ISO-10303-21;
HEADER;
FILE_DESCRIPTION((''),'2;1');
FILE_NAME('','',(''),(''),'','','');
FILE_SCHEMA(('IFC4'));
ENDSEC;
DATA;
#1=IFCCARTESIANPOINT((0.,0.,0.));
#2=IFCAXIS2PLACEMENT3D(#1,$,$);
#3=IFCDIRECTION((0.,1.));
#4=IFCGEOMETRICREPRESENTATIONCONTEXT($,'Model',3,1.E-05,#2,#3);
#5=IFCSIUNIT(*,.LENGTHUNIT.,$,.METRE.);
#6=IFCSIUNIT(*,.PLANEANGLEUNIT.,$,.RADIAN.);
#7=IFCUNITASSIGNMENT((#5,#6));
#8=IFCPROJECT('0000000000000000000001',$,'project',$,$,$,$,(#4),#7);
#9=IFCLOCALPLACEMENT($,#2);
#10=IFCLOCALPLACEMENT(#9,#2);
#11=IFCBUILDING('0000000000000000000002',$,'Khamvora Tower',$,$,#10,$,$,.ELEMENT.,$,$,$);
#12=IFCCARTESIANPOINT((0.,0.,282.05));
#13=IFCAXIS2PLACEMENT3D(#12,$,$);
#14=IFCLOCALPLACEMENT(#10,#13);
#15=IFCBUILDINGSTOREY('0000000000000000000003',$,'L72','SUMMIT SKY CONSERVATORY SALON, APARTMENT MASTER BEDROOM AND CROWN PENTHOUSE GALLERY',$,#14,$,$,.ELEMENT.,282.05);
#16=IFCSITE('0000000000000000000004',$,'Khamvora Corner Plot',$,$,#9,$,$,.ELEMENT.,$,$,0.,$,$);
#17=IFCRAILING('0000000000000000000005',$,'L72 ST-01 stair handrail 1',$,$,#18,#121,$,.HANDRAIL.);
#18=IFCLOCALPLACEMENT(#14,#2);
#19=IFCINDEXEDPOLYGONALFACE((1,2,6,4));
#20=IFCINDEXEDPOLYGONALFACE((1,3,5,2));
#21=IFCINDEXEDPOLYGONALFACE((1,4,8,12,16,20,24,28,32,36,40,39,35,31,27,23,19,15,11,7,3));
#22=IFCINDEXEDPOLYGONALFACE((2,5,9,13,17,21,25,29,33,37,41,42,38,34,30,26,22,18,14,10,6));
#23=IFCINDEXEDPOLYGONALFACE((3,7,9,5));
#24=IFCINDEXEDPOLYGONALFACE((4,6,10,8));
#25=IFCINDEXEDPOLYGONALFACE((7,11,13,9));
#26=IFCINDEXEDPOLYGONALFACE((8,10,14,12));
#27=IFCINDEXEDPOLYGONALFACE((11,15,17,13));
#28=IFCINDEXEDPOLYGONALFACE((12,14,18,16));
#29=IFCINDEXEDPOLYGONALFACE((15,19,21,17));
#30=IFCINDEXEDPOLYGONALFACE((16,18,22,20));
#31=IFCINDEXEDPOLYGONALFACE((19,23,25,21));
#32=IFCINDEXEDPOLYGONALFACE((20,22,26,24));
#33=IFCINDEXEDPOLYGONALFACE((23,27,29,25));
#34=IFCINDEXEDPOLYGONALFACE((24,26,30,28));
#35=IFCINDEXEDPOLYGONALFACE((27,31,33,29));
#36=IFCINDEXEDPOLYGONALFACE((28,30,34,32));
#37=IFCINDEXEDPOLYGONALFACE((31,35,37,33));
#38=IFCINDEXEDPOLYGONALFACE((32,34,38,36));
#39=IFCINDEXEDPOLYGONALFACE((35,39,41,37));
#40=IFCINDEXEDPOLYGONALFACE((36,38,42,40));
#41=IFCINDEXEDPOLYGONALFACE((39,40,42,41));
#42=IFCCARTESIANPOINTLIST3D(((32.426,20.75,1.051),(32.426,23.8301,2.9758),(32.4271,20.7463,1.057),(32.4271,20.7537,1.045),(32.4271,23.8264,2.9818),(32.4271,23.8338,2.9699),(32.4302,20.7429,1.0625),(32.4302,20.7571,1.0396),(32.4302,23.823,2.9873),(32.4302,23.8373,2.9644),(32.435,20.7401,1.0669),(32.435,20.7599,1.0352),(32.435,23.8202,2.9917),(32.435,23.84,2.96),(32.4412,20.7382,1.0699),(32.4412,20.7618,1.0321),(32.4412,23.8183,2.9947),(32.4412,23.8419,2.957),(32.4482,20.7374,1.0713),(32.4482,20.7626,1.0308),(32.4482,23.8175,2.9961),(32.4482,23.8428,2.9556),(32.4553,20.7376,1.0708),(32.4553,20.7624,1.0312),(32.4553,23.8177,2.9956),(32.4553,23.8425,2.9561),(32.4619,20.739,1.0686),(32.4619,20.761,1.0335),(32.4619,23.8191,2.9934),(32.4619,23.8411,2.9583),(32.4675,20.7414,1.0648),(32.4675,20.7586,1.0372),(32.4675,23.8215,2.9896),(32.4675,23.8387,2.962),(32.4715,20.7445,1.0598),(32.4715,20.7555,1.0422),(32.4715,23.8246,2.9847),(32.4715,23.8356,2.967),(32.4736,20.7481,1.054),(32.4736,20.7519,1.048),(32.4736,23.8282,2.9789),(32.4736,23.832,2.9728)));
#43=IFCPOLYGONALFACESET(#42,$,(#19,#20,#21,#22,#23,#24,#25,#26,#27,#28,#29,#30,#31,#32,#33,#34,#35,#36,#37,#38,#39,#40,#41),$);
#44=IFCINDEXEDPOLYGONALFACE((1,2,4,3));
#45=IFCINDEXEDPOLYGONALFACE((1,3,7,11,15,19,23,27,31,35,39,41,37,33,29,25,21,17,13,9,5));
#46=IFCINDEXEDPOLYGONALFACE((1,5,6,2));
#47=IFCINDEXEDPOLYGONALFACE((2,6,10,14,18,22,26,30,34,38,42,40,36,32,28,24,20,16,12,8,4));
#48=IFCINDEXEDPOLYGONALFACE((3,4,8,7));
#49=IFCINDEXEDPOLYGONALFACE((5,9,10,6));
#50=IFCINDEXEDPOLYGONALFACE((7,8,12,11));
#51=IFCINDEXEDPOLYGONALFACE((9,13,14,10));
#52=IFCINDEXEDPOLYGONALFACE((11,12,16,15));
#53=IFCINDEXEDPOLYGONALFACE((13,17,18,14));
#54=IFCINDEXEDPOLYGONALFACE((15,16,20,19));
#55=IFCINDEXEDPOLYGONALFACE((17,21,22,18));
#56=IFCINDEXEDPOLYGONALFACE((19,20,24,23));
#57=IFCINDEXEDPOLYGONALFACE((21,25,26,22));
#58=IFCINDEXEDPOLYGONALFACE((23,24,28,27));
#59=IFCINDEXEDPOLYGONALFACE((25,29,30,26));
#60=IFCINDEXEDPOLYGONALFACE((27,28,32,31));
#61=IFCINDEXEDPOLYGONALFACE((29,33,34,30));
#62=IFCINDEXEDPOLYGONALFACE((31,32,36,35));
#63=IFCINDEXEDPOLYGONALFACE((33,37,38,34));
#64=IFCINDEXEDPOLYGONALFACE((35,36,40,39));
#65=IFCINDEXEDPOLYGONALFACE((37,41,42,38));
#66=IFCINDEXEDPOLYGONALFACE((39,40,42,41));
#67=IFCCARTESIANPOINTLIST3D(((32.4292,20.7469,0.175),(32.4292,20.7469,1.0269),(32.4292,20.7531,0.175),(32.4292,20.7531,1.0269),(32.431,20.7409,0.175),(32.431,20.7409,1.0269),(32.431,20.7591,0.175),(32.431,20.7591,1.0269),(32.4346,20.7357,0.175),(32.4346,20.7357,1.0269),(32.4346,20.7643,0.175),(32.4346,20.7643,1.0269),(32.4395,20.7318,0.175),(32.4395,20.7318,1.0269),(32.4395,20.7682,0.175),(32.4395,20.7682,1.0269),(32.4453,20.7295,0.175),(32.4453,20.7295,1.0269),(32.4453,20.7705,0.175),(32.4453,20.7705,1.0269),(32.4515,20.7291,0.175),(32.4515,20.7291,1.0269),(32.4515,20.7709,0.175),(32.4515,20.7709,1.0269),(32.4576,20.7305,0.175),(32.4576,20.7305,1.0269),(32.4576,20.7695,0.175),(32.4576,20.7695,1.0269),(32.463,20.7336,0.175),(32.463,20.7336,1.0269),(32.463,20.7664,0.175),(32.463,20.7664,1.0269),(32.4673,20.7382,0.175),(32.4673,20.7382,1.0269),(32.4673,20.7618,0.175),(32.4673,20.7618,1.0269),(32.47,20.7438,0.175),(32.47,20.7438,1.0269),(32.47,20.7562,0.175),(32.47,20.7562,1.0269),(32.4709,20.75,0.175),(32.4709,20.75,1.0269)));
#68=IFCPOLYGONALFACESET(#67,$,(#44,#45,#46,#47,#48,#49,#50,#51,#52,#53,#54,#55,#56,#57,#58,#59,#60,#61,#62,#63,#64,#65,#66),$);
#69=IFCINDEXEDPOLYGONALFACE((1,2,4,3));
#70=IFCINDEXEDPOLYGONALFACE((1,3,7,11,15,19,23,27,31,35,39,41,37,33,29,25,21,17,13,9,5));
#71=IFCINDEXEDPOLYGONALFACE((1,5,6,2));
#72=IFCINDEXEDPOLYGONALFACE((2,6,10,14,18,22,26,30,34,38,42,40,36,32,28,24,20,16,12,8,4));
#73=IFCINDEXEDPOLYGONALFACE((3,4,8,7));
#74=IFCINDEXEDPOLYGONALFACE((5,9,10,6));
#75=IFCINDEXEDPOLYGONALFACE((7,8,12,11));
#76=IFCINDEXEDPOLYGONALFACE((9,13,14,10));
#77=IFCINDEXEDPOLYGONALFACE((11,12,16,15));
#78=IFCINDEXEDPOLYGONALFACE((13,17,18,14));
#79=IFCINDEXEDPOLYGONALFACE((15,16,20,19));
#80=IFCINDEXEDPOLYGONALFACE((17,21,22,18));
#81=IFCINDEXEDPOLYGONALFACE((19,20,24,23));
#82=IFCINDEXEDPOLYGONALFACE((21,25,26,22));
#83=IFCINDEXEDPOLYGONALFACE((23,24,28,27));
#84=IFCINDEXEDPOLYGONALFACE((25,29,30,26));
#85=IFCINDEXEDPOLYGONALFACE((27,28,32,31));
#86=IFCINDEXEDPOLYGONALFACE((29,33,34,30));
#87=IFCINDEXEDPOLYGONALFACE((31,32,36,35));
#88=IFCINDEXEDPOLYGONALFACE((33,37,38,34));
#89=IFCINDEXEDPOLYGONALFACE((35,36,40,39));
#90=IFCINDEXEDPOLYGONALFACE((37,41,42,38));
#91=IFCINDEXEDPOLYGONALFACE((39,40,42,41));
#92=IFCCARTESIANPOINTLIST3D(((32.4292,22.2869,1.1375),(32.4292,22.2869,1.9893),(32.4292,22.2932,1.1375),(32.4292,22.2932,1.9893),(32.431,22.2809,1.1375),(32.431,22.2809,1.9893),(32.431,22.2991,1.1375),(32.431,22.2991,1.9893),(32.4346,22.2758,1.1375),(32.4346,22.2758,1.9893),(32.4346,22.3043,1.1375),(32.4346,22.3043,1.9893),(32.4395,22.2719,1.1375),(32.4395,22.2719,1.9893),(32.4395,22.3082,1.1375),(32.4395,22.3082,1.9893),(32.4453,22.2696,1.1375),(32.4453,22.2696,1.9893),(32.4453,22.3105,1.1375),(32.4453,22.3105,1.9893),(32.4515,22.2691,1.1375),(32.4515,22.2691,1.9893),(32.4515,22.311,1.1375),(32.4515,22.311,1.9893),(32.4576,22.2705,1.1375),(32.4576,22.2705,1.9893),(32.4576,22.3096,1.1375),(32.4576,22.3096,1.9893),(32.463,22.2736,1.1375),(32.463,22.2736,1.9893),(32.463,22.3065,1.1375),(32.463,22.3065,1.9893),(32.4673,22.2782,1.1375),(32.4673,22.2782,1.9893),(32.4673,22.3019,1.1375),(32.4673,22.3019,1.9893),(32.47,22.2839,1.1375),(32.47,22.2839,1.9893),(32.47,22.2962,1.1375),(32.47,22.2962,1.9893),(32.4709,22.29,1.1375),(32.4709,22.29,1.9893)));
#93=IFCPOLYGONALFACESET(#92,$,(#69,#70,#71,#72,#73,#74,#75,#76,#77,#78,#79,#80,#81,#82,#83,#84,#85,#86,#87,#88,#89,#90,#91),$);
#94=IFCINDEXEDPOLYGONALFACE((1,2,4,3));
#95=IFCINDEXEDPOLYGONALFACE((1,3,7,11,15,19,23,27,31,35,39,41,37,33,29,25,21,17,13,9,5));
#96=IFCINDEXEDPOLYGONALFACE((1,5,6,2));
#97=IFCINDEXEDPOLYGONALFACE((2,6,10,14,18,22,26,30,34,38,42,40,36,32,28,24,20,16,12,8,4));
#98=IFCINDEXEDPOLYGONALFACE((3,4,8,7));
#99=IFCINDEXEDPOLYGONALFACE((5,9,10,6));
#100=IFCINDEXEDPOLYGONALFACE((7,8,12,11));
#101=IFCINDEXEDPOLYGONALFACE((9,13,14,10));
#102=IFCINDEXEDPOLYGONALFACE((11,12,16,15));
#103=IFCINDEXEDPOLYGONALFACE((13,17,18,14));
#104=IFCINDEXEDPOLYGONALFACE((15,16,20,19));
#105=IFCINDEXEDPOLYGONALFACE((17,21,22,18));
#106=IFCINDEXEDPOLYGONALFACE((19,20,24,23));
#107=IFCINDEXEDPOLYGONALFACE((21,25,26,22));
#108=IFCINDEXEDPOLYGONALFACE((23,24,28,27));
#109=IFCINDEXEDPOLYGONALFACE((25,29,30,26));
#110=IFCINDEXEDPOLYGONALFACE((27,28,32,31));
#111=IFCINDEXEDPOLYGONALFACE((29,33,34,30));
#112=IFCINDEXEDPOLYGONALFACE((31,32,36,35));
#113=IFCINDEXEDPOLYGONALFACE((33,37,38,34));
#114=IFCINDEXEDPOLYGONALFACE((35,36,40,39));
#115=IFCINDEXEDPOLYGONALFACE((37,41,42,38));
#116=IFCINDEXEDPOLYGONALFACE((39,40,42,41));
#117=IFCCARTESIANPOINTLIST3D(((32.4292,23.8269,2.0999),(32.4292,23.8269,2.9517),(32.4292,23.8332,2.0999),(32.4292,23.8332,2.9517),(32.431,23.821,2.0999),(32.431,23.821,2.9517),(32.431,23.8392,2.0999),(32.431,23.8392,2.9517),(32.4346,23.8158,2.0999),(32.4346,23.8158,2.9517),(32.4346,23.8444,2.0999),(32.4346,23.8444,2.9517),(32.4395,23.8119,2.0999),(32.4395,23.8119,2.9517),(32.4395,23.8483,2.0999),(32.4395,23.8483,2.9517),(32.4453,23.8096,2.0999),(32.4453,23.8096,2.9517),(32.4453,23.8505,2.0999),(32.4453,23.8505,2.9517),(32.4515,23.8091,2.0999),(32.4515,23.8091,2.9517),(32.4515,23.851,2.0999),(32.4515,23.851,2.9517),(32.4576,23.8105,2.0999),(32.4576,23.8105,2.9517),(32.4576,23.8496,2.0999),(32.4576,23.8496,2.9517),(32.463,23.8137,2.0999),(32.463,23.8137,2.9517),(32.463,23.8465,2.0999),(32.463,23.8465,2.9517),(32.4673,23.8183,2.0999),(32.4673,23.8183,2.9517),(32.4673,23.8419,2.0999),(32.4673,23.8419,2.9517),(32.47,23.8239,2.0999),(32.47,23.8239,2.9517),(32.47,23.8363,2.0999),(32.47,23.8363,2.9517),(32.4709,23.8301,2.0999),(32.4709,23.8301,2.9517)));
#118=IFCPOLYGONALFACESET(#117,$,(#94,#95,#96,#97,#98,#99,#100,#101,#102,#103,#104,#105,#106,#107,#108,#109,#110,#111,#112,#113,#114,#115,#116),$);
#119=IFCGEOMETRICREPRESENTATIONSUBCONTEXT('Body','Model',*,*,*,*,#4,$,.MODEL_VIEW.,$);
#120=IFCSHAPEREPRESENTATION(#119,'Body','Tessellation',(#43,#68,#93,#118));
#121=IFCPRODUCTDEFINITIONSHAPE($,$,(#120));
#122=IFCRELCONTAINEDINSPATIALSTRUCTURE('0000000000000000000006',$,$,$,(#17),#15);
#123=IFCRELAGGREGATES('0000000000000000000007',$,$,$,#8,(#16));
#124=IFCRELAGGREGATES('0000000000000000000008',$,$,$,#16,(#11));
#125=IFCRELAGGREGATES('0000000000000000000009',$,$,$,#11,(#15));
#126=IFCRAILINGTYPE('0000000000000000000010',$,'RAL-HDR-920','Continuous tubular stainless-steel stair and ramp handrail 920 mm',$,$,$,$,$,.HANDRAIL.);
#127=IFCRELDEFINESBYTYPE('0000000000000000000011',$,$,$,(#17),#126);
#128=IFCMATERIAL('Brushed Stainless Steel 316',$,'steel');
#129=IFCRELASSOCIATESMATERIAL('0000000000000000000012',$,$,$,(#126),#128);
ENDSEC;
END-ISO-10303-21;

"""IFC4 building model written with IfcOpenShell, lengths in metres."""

from ifc_helpers import new_model, si_unit, direction, frame, origin, origin_2d, place, context, subcontext, project, spatial, circle, extrude, material, type_object, element, save


model = new_model("IFC4")

# Units and contexts
model_context = context("Model", 3, precision=1e-05, world=origin(), true_north=direction((0.0, 1.0)))
body_context = subcontext(model_context, "Body", "Model", "MODEL_VIEW")
ifc_project = project(units=[si_unit("LENGTHUNIT", "METRE"), si_unit("PLANEANGLEUNIT", "RADIAN")], contexts=[model_context])

# Site, building, storey
site_placement = place(None, origin())
site = spatial("IfcSite", under=ifc_project, at=site_placement, Name="Khamvora Corner Plot", CompositionType="ELEMENT", RefElevation=0.0)
building_placement = place(site_placement, origin())
building = spatial("IfcBuilding", under=site, at=building_placement, Name="Khamvora Tower", CompositionType="ELEMENT")
storey_placement = place(building_placement, frame((0.0, 0.0, 282.05)))
storey = spatial("IfcBuildingStorey", under=building, at=storey_placement, Name="L72", Description="SUMMIT SKY CONSERVATORY SALON, APARTMENT MASTER BEDROOM AND CROWN PENTHOUSE GALLERY", CompositionType="ELEMENT", Elevation=282.05)

# Railing
ifc_material_1 = material(Name="Brushed Stainless Steel 316", Category="steel")
railing_type_1 = type_object("IfcRailingType", Name="RAL-HDR-920", Description="Continuous tubular stainless-steel stair and ramp handrail 920 mm", PredefinedType="HANDRAIL", material=ifc_material_1)
railing_1_placement = place(storey_placement, frame((32.45, 20.75, 0.175)))
element("IfcRailing", 1, at=railing_1_placement, inside=storey, type_object=railing_type_1, Name="L72 ST-01 stair handrail 1", PredefinedType="HANDRAIL", context=body_context, shape_type="SweptSolid", body=[
    extrude(circle(Radius=0.0239, at=origin_2d()), frame((0.0, 0.0, 0.876), z_axis=(0.0, 0.848029, 0.529951), x_axis=(-1.0, 0.0, 0.0)), (0.0, 0.0, 1.0), 3.6321),
    extrude(circle(Radius=0.021, at=origin_2d()), origin(), (0.0, 0.0, 1.0), 0.8518),
    extrude(circle(Radius=0.021, at=origin_2d()), frame((0.0, 1.54, 0.9624)), (0.0, 0.0, 1.0), 0.8518),
    extrude(circle(Radius=0.021, at=origin_2d()), frame((0.0, 3.0801, 1.9248)), (0.0, 0.0, 1.0), 0.8518),
])

save(model, "model.ifc")
